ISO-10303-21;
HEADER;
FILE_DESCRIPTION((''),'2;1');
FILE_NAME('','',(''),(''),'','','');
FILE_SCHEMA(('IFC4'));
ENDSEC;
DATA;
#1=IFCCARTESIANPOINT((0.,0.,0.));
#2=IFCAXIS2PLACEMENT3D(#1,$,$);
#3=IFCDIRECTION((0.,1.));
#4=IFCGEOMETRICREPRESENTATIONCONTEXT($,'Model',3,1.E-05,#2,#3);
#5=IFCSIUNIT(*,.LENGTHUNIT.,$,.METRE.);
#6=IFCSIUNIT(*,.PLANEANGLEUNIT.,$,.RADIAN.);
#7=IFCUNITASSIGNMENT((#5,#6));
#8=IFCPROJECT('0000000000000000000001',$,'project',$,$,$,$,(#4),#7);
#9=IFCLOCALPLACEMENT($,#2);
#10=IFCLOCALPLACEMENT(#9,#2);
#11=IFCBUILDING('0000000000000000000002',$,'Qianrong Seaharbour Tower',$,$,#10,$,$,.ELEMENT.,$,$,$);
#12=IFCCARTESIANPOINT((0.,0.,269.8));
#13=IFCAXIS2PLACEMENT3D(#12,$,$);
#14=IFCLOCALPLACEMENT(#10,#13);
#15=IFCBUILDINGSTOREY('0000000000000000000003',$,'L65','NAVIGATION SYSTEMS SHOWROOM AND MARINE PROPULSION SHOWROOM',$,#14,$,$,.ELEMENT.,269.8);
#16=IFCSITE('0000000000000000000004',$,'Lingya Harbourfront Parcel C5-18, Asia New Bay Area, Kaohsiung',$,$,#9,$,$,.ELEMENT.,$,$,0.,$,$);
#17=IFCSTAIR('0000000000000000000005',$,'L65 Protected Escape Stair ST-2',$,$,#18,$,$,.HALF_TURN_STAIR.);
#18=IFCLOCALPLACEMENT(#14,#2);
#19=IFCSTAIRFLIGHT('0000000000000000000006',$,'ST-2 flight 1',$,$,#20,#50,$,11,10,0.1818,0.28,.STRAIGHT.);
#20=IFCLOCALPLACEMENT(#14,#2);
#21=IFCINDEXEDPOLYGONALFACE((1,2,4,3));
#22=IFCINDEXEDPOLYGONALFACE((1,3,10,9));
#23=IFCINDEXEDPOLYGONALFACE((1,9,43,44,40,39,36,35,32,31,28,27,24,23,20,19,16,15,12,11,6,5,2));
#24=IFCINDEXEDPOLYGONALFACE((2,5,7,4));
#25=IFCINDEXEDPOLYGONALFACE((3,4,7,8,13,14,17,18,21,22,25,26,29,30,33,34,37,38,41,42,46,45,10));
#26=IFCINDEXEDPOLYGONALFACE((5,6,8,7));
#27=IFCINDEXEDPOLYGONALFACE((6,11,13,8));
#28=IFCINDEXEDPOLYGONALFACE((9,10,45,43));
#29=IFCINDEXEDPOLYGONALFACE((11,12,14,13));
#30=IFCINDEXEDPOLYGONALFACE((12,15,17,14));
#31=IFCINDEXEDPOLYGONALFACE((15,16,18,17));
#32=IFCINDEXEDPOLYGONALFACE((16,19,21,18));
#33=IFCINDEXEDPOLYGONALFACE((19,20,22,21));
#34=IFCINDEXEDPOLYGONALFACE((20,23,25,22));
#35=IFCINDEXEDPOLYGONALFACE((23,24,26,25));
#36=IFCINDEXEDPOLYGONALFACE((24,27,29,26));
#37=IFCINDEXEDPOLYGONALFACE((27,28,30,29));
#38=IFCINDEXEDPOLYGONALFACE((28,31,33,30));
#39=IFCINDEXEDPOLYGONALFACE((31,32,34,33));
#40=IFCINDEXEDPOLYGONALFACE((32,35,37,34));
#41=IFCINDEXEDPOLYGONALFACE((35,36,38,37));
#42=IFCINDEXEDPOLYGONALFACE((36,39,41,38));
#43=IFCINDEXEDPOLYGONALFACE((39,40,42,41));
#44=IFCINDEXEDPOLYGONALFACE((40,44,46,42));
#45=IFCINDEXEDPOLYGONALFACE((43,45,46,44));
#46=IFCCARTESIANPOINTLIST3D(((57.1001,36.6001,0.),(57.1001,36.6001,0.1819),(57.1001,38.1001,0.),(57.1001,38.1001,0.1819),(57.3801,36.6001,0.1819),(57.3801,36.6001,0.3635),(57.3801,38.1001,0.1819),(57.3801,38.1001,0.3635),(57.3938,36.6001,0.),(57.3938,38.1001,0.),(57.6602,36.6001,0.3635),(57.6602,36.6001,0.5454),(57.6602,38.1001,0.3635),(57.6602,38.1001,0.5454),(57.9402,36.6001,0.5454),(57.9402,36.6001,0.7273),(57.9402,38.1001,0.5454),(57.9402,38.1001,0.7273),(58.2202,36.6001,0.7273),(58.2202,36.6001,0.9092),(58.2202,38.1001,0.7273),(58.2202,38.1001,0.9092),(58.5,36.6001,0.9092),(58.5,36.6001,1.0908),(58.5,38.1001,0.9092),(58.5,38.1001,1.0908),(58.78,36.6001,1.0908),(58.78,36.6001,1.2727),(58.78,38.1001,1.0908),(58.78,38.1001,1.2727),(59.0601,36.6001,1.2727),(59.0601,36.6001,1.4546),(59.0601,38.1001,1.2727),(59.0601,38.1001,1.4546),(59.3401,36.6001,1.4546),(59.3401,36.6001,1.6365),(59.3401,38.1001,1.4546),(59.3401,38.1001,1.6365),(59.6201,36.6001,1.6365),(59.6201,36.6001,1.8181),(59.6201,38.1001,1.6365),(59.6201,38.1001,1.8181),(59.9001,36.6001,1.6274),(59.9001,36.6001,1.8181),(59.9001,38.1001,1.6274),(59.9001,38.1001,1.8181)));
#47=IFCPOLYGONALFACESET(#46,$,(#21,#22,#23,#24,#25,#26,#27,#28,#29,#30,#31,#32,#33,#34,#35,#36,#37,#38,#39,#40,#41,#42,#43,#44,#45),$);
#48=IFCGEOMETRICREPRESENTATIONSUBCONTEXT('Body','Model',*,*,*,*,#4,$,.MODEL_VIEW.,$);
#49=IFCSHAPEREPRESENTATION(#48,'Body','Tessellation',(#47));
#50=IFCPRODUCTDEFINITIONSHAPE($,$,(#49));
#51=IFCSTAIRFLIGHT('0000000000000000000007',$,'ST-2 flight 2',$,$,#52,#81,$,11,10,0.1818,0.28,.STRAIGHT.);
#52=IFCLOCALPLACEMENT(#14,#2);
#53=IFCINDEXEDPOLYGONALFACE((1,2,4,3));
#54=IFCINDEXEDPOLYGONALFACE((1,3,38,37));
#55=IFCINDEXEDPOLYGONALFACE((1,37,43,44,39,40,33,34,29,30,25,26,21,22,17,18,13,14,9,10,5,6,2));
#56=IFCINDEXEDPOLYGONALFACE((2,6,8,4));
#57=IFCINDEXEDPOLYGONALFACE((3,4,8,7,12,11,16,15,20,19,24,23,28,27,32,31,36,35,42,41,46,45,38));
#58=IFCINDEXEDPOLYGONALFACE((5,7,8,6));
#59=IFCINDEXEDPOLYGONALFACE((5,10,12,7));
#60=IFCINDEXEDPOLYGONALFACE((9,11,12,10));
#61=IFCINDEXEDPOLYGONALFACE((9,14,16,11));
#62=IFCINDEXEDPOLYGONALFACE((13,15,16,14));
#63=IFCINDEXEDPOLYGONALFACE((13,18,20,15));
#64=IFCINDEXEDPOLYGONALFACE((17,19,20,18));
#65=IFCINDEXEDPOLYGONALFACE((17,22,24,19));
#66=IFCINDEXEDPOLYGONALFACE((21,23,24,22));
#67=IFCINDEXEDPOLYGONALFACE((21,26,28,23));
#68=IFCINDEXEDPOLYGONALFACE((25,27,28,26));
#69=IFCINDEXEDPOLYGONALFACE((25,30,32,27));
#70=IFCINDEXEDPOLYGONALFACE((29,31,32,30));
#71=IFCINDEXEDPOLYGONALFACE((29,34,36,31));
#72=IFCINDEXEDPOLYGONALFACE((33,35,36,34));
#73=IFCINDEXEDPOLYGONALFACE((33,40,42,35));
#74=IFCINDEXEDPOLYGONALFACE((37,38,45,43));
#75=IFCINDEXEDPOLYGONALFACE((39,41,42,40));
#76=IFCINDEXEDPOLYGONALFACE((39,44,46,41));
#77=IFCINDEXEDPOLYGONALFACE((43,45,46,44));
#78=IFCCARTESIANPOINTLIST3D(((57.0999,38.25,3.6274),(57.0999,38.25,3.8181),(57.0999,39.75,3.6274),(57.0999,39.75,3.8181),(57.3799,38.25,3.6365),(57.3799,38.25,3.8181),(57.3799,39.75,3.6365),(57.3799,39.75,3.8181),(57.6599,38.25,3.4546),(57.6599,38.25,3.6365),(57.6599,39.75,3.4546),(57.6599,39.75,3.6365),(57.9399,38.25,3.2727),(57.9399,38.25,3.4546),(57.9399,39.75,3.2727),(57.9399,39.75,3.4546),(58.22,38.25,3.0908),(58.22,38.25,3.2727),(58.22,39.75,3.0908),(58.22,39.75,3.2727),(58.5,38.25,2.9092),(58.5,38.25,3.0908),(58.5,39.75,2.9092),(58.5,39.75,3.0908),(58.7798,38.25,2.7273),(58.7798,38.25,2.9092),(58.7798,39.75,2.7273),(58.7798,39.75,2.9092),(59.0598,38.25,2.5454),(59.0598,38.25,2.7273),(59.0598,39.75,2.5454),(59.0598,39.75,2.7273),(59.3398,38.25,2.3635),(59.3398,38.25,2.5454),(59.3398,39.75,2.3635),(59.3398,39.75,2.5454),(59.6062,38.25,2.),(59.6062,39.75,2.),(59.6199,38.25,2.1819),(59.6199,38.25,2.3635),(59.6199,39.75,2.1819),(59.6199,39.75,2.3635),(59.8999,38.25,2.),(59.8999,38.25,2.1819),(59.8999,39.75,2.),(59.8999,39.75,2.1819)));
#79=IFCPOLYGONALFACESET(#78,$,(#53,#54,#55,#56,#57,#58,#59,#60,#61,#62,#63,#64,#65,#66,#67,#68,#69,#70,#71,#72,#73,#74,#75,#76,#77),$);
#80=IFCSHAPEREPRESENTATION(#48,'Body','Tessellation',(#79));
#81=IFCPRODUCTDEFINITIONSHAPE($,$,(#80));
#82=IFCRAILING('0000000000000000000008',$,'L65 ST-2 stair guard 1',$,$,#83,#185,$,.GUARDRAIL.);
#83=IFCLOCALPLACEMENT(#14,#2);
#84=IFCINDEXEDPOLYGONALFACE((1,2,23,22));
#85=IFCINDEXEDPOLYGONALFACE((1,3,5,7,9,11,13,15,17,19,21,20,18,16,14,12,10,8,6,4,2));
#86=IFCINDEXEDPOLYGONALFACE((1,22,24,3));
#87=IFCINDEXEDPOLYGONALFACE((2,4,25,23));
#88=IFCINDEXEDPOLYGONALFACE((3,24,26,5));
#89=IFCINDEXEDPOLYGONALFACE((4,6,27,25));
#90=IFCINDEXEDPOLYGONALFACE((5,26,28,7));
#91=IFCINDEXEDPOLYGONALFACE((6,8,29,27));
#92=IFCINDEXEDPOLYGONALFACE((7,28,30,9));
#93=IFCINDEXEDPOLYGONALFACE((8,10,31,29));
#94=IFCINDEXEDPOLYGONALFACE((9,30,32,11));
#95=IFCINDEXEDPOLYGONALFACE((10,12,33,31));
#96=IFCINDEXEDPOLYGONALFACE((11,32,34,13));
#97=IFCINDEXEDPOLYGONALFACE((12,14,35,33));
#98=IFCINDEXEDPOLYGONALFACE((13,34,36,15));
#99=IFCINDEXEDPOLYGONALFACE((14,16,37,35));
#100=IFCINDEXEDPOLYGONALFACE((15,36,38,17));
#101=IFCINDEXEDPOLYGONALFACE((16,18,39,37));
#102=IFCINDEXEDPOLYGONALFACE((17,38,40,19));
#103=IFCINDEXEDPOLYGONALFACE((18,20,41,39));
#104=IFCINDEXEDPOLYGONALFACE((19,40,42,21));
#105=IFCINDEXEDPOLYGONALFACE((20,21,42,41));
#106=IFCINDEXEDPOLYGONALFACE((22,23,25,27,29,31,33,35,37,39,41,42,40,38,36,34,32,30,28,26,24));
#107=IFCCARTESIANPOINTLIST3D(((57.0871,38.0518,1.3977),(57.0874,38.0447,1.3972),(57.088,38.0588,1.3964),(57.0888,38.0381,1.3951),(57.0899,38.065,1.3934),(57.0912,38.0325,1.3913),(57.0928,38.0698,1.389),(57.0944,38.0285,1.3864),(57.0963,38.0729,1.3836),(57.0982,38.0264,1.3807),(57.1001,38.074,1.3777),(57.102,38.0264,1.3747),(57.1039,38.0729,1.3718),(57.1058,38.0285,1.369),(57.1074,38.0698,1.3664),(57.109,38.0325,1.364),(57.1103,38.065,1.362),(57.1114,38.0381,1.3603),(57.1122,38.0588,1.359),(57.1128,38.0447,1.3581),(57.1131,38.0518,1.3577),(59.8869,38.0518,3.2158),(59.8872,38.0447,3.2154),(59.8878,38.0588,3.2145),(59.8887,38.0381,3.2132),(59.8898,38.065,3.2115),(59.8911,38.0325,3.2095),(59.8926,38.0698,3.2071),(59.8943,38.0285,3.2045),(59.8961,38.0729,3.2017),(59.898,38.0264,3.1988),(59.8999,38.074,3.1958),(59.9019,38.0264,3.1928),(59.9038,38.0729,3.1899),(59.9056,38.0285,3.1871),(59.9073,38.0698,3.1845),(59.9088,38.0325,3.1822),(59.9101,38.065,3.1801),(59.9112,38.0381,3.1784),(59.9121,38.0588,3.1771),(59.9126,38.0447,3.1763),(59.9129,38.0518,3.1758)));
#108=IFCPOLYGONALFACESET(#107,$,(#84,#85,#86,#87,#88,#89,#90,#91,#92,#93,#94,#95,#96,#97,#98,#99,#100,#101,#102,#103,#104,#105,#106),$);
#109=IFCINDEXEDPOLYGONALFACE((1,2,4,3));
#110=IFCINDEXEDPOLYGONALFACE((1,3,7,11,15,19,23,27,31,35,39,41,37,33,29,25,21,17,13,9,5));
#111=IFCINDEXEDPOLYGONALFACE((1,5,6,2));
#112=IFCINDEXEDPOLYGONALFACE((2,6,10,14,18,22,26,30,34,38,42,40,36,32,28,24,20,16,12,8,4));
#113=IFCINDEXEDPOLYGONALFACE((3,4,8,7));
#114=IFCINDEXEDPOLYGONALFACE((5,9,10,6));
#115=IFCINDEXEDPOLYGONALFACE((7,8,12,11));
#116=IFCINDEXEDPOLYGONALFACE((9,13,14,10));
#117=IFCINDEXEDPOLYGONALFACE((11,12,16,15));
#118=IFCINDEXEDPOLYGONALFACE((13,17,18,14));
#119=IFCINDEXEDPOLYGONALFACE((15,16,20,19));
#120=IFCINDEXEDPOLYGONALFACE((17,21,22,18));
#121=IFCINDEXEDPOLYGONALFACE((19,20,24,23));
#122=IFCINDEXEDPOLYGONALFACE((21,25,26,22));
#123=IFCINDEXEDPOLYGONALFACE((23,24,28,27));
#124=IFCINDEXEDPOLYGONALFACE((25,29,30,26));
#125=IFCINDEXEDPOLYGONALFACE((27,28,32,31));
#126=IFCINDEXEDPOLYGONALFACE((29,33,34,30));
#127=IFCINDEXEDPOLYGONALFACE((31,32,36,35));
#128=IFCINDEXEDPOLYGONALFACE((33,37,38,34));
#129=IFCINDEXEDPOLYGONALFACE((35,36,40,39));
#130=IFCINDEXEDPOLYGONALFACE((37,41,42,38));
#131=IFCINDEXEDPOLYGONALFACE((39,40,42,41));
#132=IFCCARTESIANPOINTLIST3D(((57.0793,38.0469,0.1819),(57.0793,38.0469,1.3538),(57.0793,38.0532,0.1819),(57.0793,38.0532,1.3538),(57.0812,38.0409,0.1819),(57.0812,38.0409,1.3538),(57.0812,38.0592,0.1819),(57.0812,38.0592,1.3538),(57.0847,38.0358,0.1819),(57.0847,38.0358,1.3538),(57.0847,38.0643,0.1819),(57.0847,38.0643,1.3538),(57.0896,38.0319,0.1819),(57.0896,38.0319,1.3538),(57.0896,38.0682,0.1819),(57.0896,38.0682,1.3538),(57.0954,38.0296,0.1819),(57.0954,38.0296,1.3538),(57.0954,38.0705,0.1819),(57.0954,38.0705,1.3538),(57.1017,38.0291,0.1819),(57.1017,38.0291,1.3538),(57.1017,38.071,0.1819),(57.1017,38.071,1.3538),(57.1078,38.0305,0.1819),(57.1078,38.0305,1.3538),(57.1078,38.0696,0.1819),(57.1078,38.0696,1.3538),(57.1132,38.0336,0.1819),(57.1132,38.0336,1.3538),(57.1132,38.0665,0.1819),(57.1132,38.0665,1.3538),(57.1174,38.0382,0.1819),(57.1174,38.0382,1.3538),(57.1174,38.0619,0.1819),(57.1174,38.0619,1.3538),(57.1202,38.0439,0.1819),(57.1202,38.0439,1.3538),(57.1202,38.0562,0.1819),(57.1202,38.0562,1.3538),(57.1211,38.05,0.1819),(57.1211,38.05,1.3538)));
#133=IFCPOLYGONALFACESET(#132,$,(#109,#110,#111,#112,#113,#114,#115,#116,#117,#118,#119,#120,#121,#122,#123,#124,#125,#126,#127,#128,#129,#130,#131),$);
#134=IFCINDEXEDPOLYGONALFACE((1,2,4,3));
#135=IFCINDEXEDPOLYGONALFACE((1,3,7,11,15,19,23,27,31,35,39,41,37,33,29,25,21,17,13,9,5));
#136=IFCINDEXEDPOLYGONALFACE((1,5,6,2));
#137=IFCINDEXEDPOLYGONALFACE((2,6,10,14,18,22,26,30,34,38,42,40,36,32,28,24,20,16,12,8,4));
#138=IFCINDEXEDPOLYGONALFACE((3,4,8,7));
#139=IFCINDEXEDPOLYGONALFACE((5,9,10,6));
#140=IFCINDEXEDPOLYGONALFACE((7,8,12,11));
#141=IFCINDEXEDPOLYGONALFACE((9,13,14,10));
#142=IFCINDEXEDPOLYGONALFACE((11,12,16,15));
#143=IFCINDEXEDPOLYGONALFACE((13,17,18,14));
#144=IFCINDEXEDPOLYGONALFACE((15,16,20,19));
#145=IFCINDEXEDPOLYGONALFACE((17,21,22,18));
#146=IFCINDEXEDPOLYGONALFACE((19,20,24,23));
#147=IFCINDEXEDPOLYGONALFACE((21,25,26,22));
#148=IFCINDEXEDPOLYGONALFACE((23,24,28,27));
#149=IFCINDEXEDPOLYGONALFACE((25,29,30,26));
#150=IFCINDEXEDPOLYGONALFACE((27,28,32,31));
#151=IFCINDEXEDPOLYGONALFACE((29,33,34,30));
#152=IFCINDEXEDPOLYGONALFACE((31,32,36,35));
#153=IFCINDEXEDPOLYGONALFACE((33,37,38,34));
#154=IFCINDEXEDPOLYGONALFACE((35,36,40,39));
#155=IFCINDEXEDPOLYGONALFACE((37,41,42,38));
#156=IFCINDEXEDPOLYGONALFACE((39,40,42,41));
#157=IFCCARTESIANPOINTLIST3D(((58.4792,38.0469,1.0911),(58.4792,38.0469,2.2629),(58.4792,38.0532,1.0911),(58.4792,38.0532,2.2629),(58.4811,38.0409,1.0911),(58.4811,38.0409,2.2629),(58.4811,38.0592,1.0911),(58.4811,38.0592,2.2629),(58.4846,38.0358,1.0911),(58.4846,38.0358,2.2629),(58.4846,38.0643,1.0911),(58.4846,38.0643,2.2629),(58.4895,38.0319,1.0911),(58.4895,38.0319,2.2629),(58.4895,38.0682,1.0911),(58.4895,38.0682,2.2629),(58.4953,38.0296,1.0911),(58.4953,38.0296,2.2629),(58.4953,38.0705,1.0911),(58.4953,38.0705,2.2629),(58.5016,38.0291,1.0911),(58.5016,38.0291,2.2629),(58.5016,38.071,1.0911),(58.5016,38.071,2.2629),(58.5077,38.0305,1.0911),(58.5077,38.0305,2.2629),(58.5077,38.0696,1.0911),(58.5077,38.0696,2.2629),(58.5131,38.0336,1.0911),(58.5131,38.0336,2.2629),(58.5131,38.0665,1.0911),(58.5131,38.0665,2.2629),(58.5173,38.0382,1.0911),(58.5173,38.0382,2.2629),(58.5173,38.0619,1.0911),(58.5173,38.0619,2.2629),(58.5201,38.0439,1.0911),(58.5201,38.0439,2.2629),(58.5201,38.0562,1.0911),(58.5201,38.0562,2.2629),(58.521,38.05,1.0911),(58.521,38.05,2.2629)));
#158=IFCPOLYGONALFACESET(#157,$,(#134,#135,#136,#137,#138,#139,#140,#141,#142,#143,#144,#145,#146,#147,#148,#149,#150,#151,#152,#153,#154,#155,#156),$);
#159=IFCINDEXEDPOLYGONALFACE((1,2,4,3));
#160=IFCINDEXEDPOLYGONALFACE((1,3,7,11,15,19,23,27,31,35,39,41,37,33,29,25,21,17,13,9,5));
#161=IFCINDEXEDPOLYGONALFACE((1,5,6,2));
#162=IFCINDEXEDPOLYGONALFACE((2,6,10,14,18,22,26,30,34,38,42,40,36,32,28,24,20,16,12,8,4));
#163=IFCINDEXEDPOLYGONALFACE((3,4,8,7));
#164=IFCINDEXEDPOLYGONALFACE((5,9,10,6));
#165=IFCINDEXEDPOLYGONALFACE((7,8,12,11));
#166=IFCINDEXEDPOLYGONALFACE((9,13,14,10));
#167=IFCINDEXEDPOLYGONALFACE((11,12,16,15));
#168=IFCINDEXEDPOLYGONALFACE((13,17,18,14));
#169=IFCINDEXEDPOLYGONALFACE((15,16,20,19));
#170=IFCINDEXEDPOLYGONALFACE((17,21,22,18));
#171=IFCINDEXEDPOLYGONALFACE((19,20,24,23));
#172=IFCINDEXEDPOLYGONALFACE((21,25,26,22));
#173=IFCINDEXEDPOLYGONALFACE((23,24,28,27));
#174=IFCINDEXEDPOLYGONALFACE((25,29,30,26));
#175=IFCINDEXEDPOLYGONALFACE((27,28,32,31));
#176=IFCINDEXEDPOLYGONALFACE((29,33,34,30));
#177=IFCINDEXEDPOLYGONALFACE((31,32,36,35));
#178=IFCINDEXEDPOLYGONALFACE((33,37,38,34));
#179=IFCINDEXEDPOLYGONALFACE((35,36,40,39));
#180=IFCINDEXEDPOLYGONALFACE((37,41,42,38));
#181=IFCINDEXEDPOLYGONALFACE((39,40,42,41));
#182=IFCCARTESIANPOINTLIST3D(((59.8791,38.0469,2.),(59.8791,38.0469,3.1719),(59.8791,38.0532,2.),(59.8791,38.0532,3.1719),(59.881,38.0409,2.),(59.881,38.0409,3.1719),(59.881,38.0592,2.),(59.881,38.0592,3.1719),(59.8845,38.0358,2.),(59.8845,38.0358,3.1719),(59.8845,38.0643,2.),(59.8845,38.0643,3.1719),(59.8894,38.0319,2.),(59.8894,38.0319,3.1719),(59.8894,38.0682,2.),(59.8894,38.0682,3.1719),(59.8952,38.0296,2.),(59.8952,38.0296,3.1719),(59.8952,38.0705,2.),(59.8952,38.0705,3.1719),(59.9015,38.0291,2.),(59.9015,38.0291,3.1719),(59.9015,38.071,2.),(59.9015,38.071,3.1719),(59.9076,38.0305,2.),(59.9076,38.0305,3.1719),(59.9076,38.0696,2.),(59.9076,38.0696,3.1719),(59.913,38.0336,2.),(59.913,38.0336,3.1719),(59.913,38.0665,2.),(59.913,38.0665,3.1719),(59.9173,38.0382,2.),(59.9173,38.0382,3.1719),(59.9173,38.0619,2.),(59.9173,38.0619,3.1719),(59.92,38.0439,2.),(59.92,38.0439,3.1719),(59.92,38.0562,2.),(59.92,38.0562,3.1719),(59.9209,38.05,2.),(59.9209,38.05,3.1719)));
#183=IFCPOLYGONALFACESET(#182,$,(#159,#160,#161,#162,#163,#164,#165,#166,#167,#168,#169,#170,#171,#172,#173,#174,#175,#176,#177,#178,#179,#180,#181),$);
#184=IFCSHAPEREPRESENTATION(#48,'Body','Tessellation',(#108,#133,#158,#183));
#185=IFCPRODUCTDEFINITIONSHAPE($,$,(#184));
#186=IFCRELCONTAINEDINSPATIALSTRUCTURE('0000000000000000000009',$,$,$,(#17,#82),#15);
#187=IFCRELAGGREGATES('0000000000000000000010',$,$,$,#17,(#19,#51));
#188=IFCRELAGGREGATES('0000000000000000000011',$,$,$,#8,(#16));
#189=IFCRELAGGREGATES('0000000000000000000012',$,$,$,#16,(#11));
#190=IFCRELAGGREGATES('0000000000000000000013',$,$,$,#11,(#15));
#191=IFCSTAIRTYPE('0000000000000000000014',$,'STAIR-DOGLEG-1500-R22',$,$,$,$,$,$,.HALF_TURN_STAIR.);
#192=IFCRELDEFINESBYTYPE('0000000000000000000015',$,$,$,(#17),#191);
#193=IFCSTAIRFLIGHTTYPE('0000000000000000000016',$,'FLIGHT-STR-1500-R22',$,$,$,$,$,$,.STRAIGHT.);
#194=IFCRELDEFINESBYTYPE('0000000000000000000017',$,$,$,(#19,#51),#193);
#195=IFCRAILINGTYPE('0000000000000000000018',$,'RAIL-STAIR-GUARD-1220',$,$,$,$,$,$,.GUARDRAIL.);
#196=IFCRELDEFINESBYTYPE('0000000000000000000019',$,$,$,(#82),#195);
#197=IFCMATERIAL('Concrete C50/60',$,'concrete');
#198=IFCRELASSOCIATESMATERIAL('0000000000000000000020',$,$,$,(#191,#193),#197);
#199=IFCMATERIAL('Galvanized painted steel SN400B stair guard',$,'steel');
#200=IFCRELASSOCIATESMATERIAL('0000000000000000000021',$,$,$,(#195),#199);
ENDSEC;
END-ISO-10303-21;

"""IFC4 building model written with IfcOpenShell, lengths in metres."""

from ifc_helpers import new_model, si_unit, direction, frame, origin, origin_2d, place, context, subcontext, project, spatial, polyline, circle, outline, extrude, material, type_object, element, aggregate, save


model = new_model("IFC4")

# Units and contexts
model_context = context("Model", 3, precision=1e-05, world=origin(), true_north=direction((0.0, 1.0)))
body_context = subcontext(model_context, "Body", "Model", "MODEL_VIEW")
ifc_project = project(units=[si_unit("LENGTHUNIT", "METRE"), si_unit("PLANEANGLEUNIT", "RADIAN")], contexts=[model_context])

# Site, building, storey
site_placement = place(None, origin())
site = spatial("IfcSite", under=ifc_project, at=site_placement, Name="Lingya Harbourfront Parcel C5-18, Asia New Bay Area, Kaohsiung", CompositionType="ELEMENT", RefElevation=0.0)
building_placement = place(site_placement, origin())
building = spatial("IfcBuilding", under=site, at=building_placement, Name="Qianrong Seaharbour Tower", CompositionType="ELEMENT")
storey_placement = place(building_placement, frame((0.0, 0.0, 269.8)))
storey = spatial("IfcBuildingStorey", under=building, at=storey_placement, Name="L65", Description="NAVIGATION SYSTEMS SHOWROOM AND MARINE PROPULSION SHOWROOM", CompositionType="ELEMENT", Elevation=269.8)

# Shared definitions
ifc_material_1 = material(Name="Concrete C50/60", Category="concrete")

# Stair, stair flights
stair_type = type_object("IfcStairType", Name="STAIR-DOGLEG-1500-R22", PredefinedType="HALF_TURN_STAIR", material=ifc_material_1)
stair_placement = place(storey_placement, origin())
stair = element("IfcStair", 1, at=stair_placement, inside=storey, type_object=stair_type, Name="L65 Protected Escape Stair ST-2", PredefinedType="HALF_TURN_STAIR")
stair_flight_type = type_object("IfcStairFlightType", Name="FLIGHT-STR-1500-R22", PredefinedType="STRAIGHT", material=ifc_material_1)
stair_flight_1_placement = place(storey_placement, frame((57.1001, 37.3501, 0.0), z_axis=(0.0, 0.0, 1.0), x_axis=(1.0, 0.0, 0.0)))
stair_flight_1 = element("IfcStairFlight", 2, at=stair_flight_1_placement, type_object=stair_flight_type, Name="ST-2 flight 1", NumberOfRisers=11, NumberOfTreads=10, PredefinedType="STRAIGHT", RiserHeight=0.1818, TreadLength=0.28, context=body_context, shape_type="SweptSolid", body=[
    extrude(outline(polyline([(0.0, 0.0), (0.0, 0.1819), (0.28, 0.1819), (0.28, 0.3635), (0.5601, 0.3635), (0.5601, 0.5454), (0.8401, 0.5454), (0.8401, 0.7273), (1.1201, 0.7273), (1.1201, 0.9092), (1.3999, 0.9092), (1.3999, 1.0908), (1.6799, 1.0908), (1.6799, 1.2727), (1.96, 1.2727), (1.96, 1.4546), (2.24, 1.4546), (2.24, 1.6365), (2.52, 1.6365), (2.52, 1.8181), (2.8, 1.8181), (2.8, 2.0), (2.8, 1.6274), (0.2937, 0.0), (0.0, 0.0)])), frame((0.0, 0.75, 0.0), z_axis=(0.0, -1.0, 0.0), x_axis=(1.0, 0.0, 0.0)), (0.0, 0.0, 1.0), 1.5),
])
stair_flight_2_placement = place(storey_placement, frame((59.8999, 39.0, 2.0), z_axis=(0.0, 0.0, 1.0), x_axis=(-1.0, 0.0, 0.0)))
stair_flight_2 = element("IfcStairFlight", 3, at=stair_flight_2_placement, type_object=stair_flight_type, Name="ST-2 flight 2", NumberOfRisers=11, NumberOfTreads=10, PredefinedType="STRAIGHT", RiserHeight=0.1818, TreadLength=0.28, context=body_context, shape_type="SweptSolid", body=[
    extrude(outline(polyline([(0.0, 0.0), (0.0, 0.1819), (0.28, 0.1819), (0.28, 0.3635), (0.5601, 0.3635), (0.5601, 0.5454), (0.8401, 0.5454), (0.8401, 0.7273), (1.1201, 0.7273), (1.1201, 0.9092), (1.3999, 0.9092), (1.3999, 1.0908), (1.6799, 1.0908), (1.6799, 1.2727), (1.96, 1.2727), (1.96, 1.4546), (2.24, 1.4546), (2.24, 1.6365), (2.52, 1.6365), (2.52, 1.8181), (2.8, 1.8181), (2.8, 2.0), (2.8, 1.6274), (0.2937, 0.0), (0.0, 0.0)])), frame((0.0, 0.75, 0.0), z_axis=(0.0, -1.0, 0.0), x_axis=(1.0, 0.0, 0.0)), (0.0, 0.0, 1.0), 1.5),
])
aggregate(stair, [stair_flight_1, stair_flight_2])

# Railing
ifc_material_2 = material(Name="Galvanized painted steel SN400B stair guard", Category="steel")
railing_type_1 = type_object("IfcRailingType", Name="RAIL-STAIR-GUARD-1220", PredefinedType="GUARDRAIL", material=ifc_material_2)
railing_1_placement = place(storey_placement, frame((57.1001, 38.05, 0.1819)))
element("IfcRailing", 4, at=railing_1_placement, inside=storey, type_object=railing_type_1, Name="L65 ST-2 stair guard 1", PredefinedType="GUARDRAIL", context=body_context, shape_type="SweptSolid", body=[
    extrude(circle(Radius=0.0239, at=origin_2d()), frame((0.0, 0.0, 1.1958), z_axis=(0.838684, 0.0, 0.544618), x_axis=(0.0, 1.0, 0.0)), (0.0, 0.0, 1.0), 3.3384),
    extrude(circle(Radius=0.021, at=origin_2d()), origin(), (0.0, 0.0, 1.0), 1.1719),
    extrude(circle(Radius=0.021, at=origin_2d()), frame((1.3999, 0.0, 0.9092)), (0.0, 0.0, 1.0), 1.1719),
    extrude(circle(Radius=0.021, at=origin_2d()), frame((2.7998, 0.0, 1.8181)), (0.0, 0.0, 1.0), 1.1719),
])

save(model, "model.ifc")
